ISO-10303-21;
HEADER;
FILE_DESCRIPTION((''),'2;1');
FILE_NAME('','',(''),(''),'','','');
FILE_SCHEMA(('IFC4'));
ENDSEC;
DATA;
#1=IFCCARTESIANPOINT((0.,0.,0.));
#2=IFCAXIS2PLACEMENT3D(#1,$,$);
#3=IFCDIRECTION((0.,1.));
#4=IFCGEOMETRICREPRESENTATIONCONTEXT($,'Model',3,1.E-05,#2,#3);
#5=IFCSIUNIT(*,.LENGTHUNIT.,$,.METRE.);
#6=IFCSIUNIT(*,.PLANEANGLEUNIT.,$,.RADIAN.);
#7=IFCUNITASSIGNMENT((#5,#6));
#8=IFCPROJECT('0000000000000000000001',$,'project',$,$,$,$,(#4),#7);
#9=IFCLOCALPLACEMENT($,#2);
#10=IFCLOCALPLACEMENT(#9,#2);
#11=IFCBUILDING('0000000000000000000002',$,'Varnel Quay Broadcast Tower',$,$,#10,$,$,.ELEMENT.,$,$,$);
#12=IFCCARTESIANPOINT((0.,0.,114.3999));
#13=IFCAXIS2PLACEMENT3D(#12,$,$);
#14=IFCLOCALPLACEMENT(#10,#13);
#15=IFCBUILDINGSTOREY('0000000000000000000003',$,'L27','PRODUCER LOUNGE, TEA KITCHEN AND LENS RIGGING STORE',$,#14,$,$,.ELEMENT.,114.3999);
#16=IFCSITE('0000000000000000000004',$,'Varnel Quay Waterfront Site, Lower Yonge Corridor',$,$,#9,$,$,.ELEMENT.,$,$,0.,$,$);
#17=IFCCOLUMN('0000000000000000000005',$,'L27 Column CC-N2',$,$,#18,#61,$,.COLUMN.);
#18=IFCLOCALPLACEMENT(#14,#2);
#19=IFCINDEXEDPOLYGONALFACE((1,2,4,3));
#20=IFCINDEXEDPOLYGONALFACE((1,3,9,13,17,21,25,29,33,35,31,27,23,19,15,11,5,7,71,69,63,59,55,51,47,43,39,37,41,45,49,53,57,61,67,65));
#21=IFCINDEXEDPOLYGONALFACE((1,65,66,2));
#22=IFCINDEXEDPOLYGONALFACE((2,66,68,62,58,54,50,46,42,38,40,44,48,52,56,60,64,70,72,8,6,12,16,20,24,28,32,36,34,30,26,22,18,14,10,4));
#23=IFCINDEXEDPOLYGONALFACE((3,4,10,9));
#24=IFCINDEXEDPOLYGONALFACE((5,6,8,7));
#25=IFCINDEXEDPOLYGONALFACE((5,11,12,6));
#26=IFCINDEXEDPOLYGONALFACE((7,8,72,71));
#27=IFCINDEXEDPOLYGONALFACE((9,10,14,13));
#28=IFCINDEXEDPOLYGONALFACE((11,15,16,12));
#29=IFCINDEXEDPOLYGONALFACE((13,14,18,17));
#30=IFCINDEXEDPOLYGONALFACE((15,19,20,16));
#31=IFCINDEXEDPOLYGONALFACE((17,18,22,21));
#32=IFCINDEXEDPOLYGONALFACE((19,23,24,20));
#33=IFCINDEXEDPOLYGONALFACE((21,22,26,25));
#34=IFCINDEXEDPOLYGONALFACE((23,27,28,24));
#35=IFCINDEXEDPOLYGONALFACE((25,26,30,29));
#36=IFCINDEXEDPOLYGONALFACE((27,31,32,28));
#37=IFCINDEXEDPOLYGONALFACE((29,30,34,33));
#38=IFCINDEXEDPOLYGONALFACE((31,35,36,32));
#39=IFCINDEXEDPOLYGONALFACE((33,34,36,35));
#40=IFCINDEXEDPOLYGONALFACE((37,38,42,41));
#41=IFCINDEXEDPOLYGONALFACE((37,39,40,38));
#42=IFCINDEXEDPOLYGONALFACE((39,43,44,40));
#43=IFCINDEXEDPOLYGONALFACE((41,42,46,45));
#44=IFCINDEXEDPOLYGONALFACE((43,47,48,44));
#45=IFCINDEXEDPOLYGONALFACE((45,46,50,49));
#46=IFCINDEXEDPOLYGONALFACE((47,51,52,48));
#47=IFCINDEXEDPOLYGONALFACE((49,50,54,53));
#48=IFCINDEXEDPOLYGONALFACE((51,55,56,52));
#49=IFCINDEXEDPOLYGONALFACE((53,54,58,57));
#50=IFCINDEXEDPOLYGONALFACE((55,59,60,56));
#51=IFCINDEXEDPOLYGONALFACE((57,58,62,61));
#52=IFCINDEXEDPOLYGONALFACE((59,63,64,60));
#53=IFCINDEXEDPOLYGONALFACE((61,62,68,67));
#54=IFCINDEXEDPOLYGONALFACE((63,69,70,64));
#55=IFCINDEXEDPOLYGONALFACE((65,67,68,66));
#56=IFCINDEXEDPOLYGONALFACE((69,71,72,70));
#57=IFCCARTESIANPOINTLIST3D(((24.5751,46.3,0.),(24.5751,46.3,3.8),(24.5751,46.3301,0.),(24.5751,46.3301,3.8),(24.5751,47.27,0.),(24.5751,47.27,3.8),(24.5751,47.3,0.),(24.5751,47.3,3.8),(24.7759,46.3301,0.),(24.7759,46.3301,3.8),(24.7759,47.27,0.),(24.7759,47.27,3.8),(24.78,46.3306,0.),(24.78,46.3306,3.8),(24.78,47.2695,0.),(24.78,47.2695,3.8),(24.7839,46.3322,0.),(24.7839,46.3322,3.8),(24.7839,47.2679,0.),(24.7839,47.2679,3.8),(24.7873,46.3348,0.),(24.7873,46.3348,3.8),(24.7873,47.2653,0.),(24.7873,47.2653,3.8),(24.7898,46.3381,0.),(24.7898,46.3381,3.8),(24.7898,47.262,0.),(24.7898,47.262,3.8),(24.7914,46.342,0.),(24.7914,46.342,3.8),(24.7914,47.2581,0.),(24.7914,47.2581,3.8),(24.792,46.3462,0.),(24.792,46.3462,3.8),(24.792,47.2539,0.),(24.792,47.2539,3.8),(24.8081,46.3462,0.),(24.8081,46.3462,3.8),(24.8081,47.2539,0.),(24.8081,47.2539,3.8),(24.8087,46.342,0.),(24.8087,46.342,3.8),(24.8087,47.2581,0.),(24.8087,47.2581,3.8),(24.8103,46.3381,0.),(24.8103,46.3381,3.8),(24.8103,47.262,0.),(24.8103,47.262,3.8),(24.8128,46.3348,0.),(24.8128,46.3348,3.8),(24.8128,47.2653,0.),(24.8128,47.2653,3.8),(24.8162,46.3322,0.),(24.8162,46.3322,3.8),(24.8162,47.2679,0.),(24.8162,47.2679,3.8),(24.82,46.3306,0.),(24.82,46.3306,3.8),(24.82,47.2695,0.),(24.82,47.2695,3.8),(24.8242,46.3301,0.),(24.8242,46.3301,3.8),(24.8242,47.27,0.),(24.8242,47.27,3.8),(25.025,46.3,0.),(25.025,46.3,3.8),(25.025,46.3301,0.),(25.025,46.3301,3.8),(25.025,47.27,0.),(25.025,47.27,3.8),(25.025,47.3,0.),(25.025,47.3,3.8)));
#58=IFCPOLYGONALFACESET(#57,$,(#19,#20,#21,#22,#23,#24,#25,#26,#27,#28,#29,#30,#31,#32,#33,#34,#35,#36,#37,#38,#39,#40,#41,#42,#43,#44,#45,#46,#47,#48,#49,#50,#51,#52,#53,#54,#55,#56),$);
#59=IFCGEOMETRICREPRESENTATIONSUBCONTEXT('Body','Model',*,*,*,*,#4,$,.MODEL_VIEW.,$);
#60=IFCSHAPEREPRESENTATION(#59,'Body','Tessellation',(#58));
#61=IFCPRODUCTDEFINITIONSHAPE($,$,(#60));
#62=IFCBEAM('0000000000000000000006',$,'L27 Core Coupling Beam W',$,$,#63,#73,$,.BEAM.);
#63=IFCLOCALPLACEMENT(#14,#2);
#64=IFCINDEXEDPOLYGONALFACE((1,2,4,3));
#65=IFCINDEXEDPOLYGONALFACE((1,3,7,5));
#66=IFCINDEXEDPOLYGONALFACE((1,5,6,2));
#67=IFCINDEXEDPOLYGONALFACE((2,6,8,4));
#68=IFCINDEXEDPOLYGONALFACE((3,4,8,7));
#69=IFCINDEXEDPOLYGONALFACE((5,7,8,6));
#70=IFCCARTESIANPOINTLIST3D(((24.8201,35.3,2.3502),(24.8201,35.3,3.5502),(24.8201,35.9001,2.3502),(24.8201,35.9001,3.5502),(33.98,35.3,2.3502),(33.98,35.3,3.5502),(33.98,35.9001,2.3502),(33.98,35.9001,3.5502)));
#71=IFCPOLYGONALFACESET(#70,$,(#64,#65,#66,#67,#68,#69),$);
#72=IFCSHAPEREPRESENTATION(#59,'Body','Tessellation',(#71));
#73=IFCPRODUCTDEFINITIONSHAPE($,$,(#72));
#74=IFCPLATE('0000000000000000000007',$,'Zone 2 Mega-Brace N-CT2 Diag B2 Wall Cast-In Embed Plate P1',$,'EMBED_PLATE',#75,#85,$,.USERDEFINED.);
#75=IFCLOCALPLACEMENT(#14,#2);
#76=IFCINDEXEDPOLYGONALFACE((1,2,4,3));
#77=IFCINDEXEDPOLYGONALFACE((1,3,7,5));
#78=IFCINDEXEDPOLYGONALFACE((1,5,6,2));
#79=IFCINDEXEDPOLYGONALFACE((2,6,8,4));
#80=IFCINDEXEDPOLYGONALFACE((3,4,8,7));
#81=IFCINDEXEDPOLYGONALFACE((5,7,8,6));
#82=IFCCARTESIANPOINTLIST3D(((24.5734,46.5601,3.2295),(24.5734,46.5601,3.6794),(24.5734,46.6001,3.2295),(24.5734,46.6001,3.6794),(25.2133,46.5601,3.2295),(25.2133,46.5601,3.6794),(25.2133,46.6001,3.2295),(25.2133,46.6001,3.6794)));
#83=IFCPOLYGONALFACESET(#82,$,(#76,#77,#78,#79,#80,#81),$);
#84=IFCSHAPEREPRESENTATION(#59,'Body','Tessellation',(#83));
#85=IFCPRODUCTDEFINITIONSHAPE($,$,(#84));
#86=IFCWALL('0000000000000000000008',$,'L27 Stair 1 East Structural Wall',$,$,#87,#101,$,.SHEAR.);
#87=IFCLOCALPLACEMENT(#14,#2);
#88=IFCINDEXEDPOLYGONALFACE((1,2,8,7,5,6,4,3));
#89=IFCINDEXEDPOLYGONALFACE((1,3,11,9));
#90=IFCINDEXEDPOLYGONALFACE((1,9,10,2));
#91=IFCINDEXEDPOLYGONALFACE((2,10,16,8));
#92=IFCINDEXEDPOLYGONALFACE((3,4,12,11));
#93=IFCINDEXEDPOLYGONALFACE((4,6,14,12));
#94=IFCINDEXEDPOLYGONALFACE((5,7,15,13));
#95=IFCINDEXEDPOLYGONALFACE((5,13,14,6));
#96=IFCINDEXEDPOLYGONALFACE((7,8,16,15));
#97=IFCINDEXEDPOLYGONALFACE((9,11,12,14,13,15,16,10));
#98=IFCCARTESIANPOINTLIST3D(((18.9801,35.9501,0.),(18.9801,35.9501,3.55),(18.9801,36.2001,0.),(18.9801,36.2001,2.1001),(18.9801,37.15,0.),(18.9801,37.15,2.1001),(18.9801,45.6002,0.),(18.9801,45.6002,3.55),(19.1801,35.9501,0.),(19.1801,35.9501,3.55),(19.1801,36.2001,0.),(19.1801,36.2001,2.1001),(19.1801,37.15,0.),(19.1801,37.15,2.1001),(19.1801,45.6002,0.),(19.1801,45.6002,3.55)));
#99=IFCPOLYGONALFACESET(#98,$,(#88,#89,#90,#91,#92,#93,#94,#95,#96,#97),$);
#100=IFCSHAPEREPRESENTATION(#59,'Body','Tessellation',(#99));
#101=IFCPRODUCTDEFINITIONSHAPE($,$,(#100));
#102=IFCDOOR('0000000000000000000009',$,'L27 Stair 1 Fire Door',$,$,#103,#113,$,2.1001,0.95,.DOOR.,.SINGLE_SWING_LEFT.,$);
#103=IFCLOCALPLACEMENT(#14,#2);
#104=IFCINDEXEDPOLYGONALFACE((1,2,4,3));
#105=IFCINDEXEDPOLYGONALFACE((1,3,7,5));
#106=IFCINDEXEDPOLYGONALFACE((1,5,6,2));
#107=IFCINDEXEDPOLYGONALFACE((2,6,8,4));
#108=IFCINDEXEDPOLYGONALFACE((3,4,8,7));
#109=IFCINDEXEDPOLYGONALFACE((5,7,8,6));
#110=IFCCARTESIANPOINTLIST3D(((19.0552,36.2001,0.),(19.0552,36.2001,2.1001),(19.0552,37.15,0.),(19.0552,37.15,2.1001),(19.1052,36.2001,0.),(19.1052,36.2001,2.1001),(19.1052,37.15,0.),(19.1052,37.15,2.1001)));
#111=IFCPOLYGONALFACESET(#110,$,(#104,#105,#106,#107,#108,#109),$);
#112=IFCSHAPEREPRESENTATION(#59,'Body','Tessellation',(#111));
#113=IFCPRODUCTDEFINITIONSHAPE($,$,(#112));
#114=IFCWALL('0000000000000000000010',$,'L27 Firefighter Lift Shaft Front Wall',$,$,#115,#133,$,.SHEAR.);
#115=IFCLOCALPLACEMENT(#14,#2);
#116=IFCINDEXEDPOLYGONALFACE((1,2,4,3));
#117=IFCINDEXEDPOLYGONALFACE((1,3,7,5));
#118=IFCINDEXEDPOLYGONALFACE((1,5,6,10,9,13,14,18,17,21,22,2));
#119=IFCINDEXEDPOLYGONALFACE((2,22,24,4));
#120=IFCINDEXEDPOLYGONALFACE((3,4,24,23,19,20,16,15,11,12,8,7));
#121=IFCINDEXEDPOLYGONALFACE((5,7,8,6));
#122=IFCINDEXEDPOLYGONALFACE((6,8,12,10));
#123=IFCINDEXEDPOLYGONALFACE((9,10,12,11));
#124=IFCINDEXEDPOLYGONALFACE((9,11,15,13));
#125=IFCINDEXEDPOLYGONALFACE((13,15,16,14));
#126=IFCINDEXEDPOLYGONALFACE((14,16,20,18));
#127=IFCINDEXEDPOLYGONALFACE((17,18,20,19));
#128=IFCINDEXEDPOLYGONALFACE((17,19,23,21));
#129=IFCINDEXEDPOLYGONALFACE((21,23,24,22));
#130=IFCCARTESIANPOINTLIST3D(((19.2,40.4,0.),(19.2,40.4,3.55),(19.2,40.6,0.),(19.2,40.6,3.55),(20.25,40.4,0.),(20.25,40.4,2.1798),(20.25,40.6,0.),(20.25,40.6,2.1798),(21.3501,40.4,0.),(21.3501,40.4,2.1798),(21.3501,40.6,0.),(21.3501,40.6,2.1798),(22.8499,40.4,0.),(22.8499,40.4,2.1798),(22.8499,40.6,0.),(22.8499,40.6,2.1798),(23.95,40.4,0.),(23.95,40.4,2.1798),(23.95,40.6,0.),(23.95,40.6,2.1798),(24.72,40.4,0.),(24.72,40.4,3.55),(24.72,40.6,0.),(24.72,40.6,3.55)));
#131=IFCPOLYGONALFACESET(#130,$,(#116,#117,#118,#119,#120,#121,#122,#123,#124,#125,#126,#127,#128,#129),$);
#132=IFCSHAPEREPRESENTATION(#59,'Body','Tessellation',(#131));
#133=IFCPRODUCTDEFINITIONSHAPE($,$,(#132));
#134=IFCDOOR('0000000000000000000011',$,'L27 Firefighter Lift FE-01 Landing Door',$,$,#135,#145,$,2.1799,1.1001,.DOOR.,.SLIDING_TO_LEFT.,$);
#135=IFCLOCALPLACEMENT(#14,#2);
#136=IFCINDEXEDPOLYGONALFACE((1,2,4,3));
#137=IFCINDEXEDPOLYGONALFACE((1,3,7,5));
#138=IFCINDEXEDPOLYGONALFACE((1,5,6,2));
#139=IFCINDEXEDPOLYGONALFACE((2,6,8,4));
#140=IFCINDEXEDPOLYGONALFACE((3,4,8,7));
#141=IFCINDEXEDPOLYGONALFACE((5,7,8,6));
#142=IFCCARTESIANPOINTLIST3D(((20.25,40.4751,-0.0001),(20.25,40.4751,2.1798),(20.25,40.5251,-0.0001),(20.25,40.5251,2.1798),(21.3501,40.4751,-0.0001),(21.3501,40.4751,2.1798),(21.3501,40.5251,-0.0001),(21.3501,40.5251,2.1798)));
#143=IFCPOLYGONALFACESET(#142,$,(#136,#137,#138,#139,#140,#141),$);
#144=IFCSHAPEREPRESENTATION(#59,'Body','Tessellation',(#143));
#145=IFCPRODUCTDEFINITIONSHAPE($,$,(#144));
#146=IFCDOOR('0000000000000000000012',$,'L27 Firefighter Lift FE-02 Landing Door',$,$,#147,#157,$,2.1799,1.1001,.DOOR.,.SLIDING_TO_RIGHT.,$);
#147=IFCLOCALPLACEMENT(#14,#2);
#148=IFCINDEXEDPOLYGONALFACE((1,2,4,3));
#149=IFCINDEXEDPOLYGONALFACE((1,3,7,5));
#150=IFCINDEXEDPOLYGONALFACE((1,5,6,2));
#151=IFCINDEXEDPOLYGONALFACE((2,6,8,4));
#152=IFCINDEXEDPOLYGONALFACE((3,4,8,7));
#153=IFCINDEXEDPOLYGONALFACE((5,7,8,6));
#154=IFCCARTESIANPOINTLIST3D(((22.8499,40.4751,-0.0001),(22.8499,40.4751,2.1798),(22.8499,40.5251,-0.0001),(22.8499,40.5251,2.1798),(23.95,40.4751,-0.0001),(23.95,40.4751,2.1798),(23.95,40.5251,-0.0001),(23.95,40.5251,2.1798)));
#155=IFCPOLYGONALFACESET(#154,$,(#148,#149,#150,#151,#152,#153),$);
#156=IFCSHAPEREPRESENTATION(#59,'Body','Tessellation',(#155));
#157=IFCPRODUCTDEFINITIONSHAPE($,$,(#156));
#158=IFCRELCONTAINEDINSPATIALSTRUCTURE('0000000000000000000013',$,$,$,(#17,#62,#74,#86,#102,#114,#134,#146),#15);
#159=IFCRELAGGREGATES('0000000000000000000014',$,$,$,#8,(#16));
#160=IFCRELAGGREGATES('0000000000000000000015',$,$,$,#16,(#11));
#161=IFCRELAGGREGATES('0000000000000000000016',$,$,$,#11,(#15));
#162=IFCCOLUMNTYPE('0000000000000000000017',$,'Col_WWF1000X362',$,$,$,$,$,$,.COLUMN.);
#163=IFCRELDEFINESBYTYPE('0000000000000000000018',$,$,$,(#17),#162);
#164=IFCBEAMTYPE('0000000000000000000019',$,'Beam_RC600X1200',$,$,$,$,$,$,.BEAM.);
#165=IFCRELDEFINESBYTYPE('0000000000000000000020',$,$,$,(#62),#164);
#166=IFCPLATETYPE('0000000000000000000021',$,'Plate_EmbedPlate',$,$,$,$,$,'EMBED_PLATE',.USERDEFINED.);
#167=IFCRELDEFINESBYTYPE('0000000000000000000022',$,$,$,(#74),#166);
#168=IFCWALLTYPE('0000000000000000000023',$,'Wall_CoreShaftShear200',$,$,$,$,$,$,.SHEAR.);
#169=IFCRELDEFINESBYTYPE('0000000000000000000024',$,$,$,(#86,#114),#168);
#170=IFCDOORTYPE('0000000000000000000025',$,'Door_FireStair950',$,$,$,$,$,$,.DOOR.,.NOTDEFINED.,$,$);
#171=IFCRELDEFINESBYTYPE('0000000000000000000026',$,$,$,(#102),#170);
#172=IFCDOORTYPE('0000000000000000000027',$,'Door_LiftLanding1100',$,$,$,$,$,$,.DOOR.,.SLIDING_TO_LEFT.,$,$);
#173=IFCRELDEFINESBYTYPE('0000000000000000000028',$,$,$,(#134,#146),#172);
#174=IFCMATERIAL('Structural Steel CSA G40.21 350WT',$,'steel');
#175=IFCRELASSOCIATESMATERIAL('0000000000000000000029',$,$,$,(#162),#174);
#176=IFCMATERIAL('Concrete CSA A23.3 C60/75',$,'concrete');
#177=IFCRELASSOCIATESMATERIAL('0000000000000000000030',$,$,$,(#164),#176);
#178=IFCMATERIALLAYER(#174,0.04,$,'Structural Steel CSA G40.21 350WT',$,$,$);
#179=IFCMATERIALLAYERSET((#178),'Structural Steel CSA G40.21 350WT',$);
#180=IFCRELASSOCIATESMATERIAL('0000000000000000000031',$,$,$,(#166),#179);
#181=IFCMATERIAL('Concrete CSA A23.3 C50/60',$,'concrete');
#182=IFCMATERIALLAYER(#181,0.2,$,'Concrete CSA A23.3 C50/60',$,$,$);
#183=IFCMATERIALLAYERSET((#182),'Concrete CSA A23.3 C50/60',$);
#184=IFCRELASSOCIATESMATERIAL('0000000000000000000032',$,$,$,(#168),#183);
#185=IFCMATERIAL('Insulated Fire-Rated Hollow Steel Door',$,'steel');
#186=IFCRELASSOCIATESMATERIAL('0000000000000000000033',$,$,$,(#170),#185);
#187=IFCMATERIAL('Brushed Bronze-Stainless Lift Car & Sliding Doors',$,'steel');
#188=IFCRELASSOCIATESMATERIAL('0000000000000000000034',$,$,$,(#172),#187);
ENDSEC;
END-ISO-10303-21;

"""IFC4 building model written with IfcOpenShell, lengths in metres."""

from ifc_helpers import new_model, si_unit, direction, frame, frame_2d, origin, origin_2d, place, context, subcontext, project, spatial, rectangle, i_section, extrude, source, transform, mapped, material, layer, layer_set, material_profile, profile_set, type_object, type_shapes, element, fill, save


model = new_model("IFC4")

# Units and contexts
model_context = context("Model", 3, precision=1e-05, world=origin(), true_north=direction((0.0, 1.0)))
body_context = subcontext(model_context, "Body", "Model", "MODEL_VIEW")
ifc_project = project(units=[si_unit("LENGTHUNIT", "METRE"), si_unit("PLANEANGLEUNIT", "RADIAN")], contexts=[model_context])

# Site, building, storey
site_placement = place(None, origin())
site = spatial("IfcSite", under=ifc_project, at=site_placement, Name="Varnel Quay Waterfront Site, Lower Yonge Corridor", CompositionType="ELEMENT", RefElevation=0.0)
building_placement = place(site_placement, origin())
building = spatial("IfcBuilding", under=site, at=building_placement, Name="Varnel Quay Broadcast Tower", CompositionType="ELEMENT")
storey_placement = place(building_placement, frame((0.0, 0.0, 114.3999)))
storey = spatial("IfcBuildingStorey", under=building, at=storey_placement, Name="L27", Description="PRODUCER LOUNGE, TEA KITCHEN AND LENS RIGGING STORE", CompositionType="ELEMENT", Elevation=114.3999)

# Column
ifc_material_1 = material(Name="Structural Steel CSA G40.21 350WT", Category="steel")
ifc_material_profile_1 = material_profile(ifc_material_1, i_section(OverallWidth=0.45, OverallDepth=1.0, WebThickness=0.0161, FlangeThickness=0.03, FilletRadius=0.0161, at=origin_2d()), Name="WWF1000X362")
ifc_profile_set_1 = profile_set([ifc_material_profile_1], Name="Structural Steel CSA G40.21 350WT")
column_type = type_object("IfcColumnType", Name="Col_WWF1000X362", PredefinedType="COLUMN", material=ifc_profile_set_1)
shared_shape_1 = source(origin(), body_context, "Body", "SweptSolid", [
    extrude(i_section(OverallWidth=0.45, OverallDepth=1.0, WebThickness=0.0161, FlangeThickness=0.03, FilletRadius=0.0161, at=origin_2d()), origin(), (0.0, 0.0, 1.0), 3.8),
])
type_shapes(column_type, [shared_shape_1])
column_placement = place(storey_placement, frame((24.8, 46.8, 0.0), z_axis=(0.0, 0.0, 1.0), x_axis=(1.0, 0.0, 0.0)))
element("IfcColumn", 1, at=column_placement, inside=storey, type_object=column_type, Name="L27 Column CC-N2", PredefinedType="COLUMN", context=body_context, shape_type="MappedRepresentation", body=[
    mapped(shared_shape_1, transform((0.0, 0.0, 0.0), x_axis=(1.0, 0.0, 0.0), y_axis=(0.0, 1.0, 0.0), z_axis=(0.0, 0.0, 1.0), scale=1.0)),
])

# Beam
ifc_material_2 = material(Name="Concrete CSA A23.3 C60/75", Category="concrete")
ifc_material_profile_2 = material_profile(ifc_material_2, rectangle(XDim=0.6001, YDim=1.2, at=origin_2d()), Name="RC600X1200")
ifc_profile_set_2 = profile_set([ifc_material_profile_2], Name="Concrete CSA A23.3 C60/75")
beam_type = type_object("IfcBeamType", Name="Beam_RC600X1200", PredefinedType="BEAM", material=ifc_profile_set_2)
shared_shape_2 = source(origin(), body_context, "Body", "SweptSolid", [
    extrude(rectangle(XDim=0.6001, YDim=1.2, at=origin_2d()), origin(), (0.0, 0.0, 1.0), 9.1599),
])
type_shapes(beam_type, [shared_shape_2])
beam_placement = place(storey_placement, frame((24.8201, 35.6001, 2.9502), z_axis=(1.0, 0.0, 0.0), x_axis=(0.0, 1.0, 0.0)))
element("IfcBeam", 2, at=beam_placement, inside=storey, type_object=beam_type, Name="L27 Core Coupling Beam W", PredefinedType="BEAM", context=body_context, shape_type="MappedRepresentation", body=[
    mapped(shared_shape_2, transform((0.0, 0.0, 0.0), x_axis=(1.0, 0.0, 0.0), y_axis=(0.0, 1.0, 0.0), z_axis=(0.0, 0.0, 1.0), scale=1.0)),
])

# Plate
ifc_layer_1 = layer(ifc_material_1, 0.04, Name="Structural Steel CSA G40.21 350WT")
ifc_layer_set_1 = layer_set([ifc_layer_1], Name="Structural Steel CSA G40.21 350WT")
plate_type = type_object("IfcPlateType", Name="Plate_EmbedPlate", ElementType="EMBED_PLATE", PredefinedType="USERDEFINED", material=ifc_layer_set_1)
shared_shape_3 = source(origin(), body_context, "Body", "SweptSolid", [
    extrude(rectangle(XDim=0.6399, YDim=0.04, at=origin_2d()), origin(), (0.0, 0.0, 1.0), 0.45),
])
type_shapes(plate_type, [shared_shape_3])
plate_placement = place(storey_placement, frame((24.8933, 46.5801, 3.2295), z_axis=(0.0, 0.0, 1.0), x_axis=(1.0, 0.0, 0.0)))
element("IfcPlate", 3, at=plate_placement, inside=storey, type_object=plate_type, Name="Zone 2 Mega-Brace N-CT2 Diag B2 Wall Cast-In Embed Plate P1", ObjectType="EMBED_PLATE", PredefinedType="USERDEFINED", context=body_context, shape_type="MappedRepresentation", body=[
    mapped(shared_shape_3, transform((0.0, 0.0, 0.0), x_axis=(1.0, 0.0, 0.0), y_axis=(0.0, 1.0, 0.0), z_axis=(0.0, 0.0, 1.0), scale=1.0)),
])

# Wall, opening, door
ifc_material_3 = material(Name="Concrete CSA A23.3 C50/60", Category="concrete")
ifc_layer_2 = layer(ifc_material_3, 0.2, Name="Concrete CSA A23.3 C50/60")
ifc_layer_set_2 = layer_set([ifc_layer_2], Name="Concrete CSA A23.3 C50/60")
wall_type_1 = type_object("IfcWallType", Name="Wall_CoreShaftShear200", PredefinedType="SHEAR", material=ifc_layer_set_2)
wall_1_placement = place(storey_placement, frame((19.0801, 35.95, 0.0), z_axis=(0.0, 0.0, 1.0), x_axis=(0.0, 1.0, 0.0)))
wall_1 = element("IfcWall", 4, at=wall_1_placement, inside=storey, type_object=wall_type_1, Name="L27 Stair 1 East Structural Wall", PredefinedType="SHEAR", context=body_context, shape_type="SweptSolid", body=[
    extrude(rectangle(XDim=9.6501, YDim=0.2, at=frame_2d((4.8252, 0.0))), origin(), (0.0, 0.0, 1.0), 3.55),
])
opening_1_placement = place(wall_1_placement, frame((0.25, 0.0, 0.0)))
opening_1 = element("IfcOpeningElement", 5, at=opening_1_placement, cuts=wall_1, PredefinedType="OPENING", context=body_context, shape_type="SweptSolid", body=[
    extrude(rectangle(XDim=0.95, YDim=2.1001, at=frame_2d((0.4751, 1.05))), frame((0.0, 0.1099, 0.0), z_axis=(0.0, -1.0, 0.0), x_axis=(1.0, 0.0, 0.0)), (0.0, 0.0, 1.0), 0.22),
])
ifc_material_4 = material(Name="Insulated Fire-Rated Hollow Steel Door", Category="steel")
door_type_1 = type_object("IfcDoorType", Name="Door_FireStair950", OperationType="NOTDEFINED", PredefinedType="DOOR", material=ifc_material_4)
shared_shape_4 = source(origin(), body_context, "Body", "SweptSolid", [
    extrude(rectangle(XDim=0.95, YDim=2.1001, at=frame_2d((0.4751, 1.05))), frame((0.0, 0.0249, 0.0), z_axis=(0.0, -1.0, 0.0), x_axis=(1.0, 0.0, 0.0)), (0.0, 0.0, 1.0), 0.05),
])
type_shapes(door_type_1, [shared_shape_4])
door_1_placement = place(opening_1_placement, origin())
door_1 = element("IfcDoor", 6, at=door_1_placement, inside=storey, type_object=door_type_1, Name="L27 Stair 1 Fire Door", OperationType="SINGLE_SWING_LEFT", OverallHeight=2.1001, OverallWidth=0.95, PredefinedType="DOOR", context=body_context, shape_type="MappedRepresentation", body=[
    mapped(shared_shape_4, transform((0.0, 0.0, 0.0), x_axis=(1.0, 0.0, 0.0), y_axis=(0.0, 1.0, 0.0), z_axis=(0.0, 0.0, 1.0), scale=1.0)),
])
fill(opening_1, door_1)

# Wall, openings, doors
wall_2_placement = place(storey_placement, frame((19.2, 40.5, 0.0), z_axis=(0.0, 0.0, 1.0), x_axis=(1.0, 0.0, 0.0)))
wall_2 = element("IfcWall", 7, at=wall_2_placement, inside=storey, type_object=wall_type_1, Name="L27 Firefighter Lift Shaft Front Wall", PredefinedType="SHEAR", context=body_context, shape_type="SweptSolid", body=[
    extrude(rectangle(XDim=5.52, YDim=0.2, at=frame_2d((2.76, 0.0))), origin(), (0.0, 0.0, 1.0), 3.55),
])
opening_2_placement = place(wall_2_placement, frame((1.05, 0.0, 0.0)))
opening_2 = element("IfcOpeningElement", 8, at=opening_2_placement, cuts=wall_2, PredefinedType="OPENING", context=body_context, shape_type="SweptSolid", body=[
    extrude(rectangle(XDim=1.1001, YDim=2.1799, at=frame_2d((0.55, 1.0898))), frame((0.0, 0.1099, 0.0), z_axis=(0.0, -1.0, 0.0), x_axis=(1.0, 0.0, 0.0)), (0.0, 0.0, 1.0), 0.22),
])
opening_3_placement = place(wall_2_placement, frame((3.6499, 0.0, 0.0)))
opening_3 = element("IfcOpeningElement", 9, at=opening_3_placement, cuts=wall_2, PredefinedType="OPENING", context=body_context, shape_type="SweptSolid", body=[
    extrude(rectangle(XDim=1.1001, YDim=2.1799, at=frame_2d((0.55, 1.0898))), frame((0.0, 0.1099, 0.0), z_axis=(0.0, -1.0, 0.0), x_axis=(1.0, 0.0, 0.0)), (0.0, 0.0, 1.0), 0.22),
])
ifc_material_5 = material(Name="Brushed Bronze-Stainless Lift Car & Sliding Doors", Category="steel")
door_type_2 = type_object("IfcDoorType", Name="Door_LiftLanding1100", OperationType="SLIDING_TO_LEFT", PredefinedType="DOOR", material=ifc_material_5)
shared_shape_5 = source(origin(), body_context, "Body", "SweptSolid", [
    extrude(rectangle(XDim=1.1001, YDim=2.1799, at=frame_2d((0.55, 1.0898))), frame((0.0, 0.0249, 0.0), z_axis=(0.0, -1.0, 0.0), x_axis=(1.0, 0.0, 0.0)), (0.0, 0.0, 1.0), 0.05),
])
type_shapes(door_type_2, [shared_shape_5])
door_2_placement = place(opening_2_placement, frame((1.1001, 0.0, 0.0), z_axis=(0.0, 0.0, 1.0), x_axis=(-1.0, 0.0, 0.0)))
door_2 = element("IfcDoor", 10, at=door_2_placement, inside=storey, type_object=door_type_2, Name="L27 Firefighter Lift FE-01 Landing Door", OperationType="SLIDING_TO_LEFT", OverallHeight=2.1799, OverallWidth=1.1001, PredefinedType="DOOR", context=body_context, shape_type="MappedRepresentation", body=[
    mapped(shared_shape_5, transform((0.0, 0.0, 0.0), x_axis=(1.0, 0.0, 0.0), y_axis=(0.0, 1.0, 0.0), z_axis=(0.0, 0.0, 1.0), scale=1.0)),
])
fill(opening_2, door_2)
door_3_placement = place(opening_3_placement, frame((1.1001, 0.0, 0.0), z_axis=(0.0, 0.0, 1.0), x_axis=(-1.0, 0.0, 0.0)))
door_3 = element("IfcDoor", 11, at=door_3_placement, inside=storey, type_object=door_type_2, Name="L27 Firefighter Lift FE-02 Landing Door", OperationType="SLIDING_TO_RIGHT", OverallHeight=2.1799, OverallWidth=1.1001, PredefinedType="DOOR", context=body_context, shape_type="MappedRepresentation", body=[
    mapped(shared_shape_5, transform((0.0, 0.0, 0.0), x_axis=(1.0, 0.0, 0.0), y_axis=(0.0, 1.0, 0.0), z_axis=(0.0, 0.0, 1.0), scale=1.0)),
])
fill(opening_3, door_3)

save(model, "model.ifc")
